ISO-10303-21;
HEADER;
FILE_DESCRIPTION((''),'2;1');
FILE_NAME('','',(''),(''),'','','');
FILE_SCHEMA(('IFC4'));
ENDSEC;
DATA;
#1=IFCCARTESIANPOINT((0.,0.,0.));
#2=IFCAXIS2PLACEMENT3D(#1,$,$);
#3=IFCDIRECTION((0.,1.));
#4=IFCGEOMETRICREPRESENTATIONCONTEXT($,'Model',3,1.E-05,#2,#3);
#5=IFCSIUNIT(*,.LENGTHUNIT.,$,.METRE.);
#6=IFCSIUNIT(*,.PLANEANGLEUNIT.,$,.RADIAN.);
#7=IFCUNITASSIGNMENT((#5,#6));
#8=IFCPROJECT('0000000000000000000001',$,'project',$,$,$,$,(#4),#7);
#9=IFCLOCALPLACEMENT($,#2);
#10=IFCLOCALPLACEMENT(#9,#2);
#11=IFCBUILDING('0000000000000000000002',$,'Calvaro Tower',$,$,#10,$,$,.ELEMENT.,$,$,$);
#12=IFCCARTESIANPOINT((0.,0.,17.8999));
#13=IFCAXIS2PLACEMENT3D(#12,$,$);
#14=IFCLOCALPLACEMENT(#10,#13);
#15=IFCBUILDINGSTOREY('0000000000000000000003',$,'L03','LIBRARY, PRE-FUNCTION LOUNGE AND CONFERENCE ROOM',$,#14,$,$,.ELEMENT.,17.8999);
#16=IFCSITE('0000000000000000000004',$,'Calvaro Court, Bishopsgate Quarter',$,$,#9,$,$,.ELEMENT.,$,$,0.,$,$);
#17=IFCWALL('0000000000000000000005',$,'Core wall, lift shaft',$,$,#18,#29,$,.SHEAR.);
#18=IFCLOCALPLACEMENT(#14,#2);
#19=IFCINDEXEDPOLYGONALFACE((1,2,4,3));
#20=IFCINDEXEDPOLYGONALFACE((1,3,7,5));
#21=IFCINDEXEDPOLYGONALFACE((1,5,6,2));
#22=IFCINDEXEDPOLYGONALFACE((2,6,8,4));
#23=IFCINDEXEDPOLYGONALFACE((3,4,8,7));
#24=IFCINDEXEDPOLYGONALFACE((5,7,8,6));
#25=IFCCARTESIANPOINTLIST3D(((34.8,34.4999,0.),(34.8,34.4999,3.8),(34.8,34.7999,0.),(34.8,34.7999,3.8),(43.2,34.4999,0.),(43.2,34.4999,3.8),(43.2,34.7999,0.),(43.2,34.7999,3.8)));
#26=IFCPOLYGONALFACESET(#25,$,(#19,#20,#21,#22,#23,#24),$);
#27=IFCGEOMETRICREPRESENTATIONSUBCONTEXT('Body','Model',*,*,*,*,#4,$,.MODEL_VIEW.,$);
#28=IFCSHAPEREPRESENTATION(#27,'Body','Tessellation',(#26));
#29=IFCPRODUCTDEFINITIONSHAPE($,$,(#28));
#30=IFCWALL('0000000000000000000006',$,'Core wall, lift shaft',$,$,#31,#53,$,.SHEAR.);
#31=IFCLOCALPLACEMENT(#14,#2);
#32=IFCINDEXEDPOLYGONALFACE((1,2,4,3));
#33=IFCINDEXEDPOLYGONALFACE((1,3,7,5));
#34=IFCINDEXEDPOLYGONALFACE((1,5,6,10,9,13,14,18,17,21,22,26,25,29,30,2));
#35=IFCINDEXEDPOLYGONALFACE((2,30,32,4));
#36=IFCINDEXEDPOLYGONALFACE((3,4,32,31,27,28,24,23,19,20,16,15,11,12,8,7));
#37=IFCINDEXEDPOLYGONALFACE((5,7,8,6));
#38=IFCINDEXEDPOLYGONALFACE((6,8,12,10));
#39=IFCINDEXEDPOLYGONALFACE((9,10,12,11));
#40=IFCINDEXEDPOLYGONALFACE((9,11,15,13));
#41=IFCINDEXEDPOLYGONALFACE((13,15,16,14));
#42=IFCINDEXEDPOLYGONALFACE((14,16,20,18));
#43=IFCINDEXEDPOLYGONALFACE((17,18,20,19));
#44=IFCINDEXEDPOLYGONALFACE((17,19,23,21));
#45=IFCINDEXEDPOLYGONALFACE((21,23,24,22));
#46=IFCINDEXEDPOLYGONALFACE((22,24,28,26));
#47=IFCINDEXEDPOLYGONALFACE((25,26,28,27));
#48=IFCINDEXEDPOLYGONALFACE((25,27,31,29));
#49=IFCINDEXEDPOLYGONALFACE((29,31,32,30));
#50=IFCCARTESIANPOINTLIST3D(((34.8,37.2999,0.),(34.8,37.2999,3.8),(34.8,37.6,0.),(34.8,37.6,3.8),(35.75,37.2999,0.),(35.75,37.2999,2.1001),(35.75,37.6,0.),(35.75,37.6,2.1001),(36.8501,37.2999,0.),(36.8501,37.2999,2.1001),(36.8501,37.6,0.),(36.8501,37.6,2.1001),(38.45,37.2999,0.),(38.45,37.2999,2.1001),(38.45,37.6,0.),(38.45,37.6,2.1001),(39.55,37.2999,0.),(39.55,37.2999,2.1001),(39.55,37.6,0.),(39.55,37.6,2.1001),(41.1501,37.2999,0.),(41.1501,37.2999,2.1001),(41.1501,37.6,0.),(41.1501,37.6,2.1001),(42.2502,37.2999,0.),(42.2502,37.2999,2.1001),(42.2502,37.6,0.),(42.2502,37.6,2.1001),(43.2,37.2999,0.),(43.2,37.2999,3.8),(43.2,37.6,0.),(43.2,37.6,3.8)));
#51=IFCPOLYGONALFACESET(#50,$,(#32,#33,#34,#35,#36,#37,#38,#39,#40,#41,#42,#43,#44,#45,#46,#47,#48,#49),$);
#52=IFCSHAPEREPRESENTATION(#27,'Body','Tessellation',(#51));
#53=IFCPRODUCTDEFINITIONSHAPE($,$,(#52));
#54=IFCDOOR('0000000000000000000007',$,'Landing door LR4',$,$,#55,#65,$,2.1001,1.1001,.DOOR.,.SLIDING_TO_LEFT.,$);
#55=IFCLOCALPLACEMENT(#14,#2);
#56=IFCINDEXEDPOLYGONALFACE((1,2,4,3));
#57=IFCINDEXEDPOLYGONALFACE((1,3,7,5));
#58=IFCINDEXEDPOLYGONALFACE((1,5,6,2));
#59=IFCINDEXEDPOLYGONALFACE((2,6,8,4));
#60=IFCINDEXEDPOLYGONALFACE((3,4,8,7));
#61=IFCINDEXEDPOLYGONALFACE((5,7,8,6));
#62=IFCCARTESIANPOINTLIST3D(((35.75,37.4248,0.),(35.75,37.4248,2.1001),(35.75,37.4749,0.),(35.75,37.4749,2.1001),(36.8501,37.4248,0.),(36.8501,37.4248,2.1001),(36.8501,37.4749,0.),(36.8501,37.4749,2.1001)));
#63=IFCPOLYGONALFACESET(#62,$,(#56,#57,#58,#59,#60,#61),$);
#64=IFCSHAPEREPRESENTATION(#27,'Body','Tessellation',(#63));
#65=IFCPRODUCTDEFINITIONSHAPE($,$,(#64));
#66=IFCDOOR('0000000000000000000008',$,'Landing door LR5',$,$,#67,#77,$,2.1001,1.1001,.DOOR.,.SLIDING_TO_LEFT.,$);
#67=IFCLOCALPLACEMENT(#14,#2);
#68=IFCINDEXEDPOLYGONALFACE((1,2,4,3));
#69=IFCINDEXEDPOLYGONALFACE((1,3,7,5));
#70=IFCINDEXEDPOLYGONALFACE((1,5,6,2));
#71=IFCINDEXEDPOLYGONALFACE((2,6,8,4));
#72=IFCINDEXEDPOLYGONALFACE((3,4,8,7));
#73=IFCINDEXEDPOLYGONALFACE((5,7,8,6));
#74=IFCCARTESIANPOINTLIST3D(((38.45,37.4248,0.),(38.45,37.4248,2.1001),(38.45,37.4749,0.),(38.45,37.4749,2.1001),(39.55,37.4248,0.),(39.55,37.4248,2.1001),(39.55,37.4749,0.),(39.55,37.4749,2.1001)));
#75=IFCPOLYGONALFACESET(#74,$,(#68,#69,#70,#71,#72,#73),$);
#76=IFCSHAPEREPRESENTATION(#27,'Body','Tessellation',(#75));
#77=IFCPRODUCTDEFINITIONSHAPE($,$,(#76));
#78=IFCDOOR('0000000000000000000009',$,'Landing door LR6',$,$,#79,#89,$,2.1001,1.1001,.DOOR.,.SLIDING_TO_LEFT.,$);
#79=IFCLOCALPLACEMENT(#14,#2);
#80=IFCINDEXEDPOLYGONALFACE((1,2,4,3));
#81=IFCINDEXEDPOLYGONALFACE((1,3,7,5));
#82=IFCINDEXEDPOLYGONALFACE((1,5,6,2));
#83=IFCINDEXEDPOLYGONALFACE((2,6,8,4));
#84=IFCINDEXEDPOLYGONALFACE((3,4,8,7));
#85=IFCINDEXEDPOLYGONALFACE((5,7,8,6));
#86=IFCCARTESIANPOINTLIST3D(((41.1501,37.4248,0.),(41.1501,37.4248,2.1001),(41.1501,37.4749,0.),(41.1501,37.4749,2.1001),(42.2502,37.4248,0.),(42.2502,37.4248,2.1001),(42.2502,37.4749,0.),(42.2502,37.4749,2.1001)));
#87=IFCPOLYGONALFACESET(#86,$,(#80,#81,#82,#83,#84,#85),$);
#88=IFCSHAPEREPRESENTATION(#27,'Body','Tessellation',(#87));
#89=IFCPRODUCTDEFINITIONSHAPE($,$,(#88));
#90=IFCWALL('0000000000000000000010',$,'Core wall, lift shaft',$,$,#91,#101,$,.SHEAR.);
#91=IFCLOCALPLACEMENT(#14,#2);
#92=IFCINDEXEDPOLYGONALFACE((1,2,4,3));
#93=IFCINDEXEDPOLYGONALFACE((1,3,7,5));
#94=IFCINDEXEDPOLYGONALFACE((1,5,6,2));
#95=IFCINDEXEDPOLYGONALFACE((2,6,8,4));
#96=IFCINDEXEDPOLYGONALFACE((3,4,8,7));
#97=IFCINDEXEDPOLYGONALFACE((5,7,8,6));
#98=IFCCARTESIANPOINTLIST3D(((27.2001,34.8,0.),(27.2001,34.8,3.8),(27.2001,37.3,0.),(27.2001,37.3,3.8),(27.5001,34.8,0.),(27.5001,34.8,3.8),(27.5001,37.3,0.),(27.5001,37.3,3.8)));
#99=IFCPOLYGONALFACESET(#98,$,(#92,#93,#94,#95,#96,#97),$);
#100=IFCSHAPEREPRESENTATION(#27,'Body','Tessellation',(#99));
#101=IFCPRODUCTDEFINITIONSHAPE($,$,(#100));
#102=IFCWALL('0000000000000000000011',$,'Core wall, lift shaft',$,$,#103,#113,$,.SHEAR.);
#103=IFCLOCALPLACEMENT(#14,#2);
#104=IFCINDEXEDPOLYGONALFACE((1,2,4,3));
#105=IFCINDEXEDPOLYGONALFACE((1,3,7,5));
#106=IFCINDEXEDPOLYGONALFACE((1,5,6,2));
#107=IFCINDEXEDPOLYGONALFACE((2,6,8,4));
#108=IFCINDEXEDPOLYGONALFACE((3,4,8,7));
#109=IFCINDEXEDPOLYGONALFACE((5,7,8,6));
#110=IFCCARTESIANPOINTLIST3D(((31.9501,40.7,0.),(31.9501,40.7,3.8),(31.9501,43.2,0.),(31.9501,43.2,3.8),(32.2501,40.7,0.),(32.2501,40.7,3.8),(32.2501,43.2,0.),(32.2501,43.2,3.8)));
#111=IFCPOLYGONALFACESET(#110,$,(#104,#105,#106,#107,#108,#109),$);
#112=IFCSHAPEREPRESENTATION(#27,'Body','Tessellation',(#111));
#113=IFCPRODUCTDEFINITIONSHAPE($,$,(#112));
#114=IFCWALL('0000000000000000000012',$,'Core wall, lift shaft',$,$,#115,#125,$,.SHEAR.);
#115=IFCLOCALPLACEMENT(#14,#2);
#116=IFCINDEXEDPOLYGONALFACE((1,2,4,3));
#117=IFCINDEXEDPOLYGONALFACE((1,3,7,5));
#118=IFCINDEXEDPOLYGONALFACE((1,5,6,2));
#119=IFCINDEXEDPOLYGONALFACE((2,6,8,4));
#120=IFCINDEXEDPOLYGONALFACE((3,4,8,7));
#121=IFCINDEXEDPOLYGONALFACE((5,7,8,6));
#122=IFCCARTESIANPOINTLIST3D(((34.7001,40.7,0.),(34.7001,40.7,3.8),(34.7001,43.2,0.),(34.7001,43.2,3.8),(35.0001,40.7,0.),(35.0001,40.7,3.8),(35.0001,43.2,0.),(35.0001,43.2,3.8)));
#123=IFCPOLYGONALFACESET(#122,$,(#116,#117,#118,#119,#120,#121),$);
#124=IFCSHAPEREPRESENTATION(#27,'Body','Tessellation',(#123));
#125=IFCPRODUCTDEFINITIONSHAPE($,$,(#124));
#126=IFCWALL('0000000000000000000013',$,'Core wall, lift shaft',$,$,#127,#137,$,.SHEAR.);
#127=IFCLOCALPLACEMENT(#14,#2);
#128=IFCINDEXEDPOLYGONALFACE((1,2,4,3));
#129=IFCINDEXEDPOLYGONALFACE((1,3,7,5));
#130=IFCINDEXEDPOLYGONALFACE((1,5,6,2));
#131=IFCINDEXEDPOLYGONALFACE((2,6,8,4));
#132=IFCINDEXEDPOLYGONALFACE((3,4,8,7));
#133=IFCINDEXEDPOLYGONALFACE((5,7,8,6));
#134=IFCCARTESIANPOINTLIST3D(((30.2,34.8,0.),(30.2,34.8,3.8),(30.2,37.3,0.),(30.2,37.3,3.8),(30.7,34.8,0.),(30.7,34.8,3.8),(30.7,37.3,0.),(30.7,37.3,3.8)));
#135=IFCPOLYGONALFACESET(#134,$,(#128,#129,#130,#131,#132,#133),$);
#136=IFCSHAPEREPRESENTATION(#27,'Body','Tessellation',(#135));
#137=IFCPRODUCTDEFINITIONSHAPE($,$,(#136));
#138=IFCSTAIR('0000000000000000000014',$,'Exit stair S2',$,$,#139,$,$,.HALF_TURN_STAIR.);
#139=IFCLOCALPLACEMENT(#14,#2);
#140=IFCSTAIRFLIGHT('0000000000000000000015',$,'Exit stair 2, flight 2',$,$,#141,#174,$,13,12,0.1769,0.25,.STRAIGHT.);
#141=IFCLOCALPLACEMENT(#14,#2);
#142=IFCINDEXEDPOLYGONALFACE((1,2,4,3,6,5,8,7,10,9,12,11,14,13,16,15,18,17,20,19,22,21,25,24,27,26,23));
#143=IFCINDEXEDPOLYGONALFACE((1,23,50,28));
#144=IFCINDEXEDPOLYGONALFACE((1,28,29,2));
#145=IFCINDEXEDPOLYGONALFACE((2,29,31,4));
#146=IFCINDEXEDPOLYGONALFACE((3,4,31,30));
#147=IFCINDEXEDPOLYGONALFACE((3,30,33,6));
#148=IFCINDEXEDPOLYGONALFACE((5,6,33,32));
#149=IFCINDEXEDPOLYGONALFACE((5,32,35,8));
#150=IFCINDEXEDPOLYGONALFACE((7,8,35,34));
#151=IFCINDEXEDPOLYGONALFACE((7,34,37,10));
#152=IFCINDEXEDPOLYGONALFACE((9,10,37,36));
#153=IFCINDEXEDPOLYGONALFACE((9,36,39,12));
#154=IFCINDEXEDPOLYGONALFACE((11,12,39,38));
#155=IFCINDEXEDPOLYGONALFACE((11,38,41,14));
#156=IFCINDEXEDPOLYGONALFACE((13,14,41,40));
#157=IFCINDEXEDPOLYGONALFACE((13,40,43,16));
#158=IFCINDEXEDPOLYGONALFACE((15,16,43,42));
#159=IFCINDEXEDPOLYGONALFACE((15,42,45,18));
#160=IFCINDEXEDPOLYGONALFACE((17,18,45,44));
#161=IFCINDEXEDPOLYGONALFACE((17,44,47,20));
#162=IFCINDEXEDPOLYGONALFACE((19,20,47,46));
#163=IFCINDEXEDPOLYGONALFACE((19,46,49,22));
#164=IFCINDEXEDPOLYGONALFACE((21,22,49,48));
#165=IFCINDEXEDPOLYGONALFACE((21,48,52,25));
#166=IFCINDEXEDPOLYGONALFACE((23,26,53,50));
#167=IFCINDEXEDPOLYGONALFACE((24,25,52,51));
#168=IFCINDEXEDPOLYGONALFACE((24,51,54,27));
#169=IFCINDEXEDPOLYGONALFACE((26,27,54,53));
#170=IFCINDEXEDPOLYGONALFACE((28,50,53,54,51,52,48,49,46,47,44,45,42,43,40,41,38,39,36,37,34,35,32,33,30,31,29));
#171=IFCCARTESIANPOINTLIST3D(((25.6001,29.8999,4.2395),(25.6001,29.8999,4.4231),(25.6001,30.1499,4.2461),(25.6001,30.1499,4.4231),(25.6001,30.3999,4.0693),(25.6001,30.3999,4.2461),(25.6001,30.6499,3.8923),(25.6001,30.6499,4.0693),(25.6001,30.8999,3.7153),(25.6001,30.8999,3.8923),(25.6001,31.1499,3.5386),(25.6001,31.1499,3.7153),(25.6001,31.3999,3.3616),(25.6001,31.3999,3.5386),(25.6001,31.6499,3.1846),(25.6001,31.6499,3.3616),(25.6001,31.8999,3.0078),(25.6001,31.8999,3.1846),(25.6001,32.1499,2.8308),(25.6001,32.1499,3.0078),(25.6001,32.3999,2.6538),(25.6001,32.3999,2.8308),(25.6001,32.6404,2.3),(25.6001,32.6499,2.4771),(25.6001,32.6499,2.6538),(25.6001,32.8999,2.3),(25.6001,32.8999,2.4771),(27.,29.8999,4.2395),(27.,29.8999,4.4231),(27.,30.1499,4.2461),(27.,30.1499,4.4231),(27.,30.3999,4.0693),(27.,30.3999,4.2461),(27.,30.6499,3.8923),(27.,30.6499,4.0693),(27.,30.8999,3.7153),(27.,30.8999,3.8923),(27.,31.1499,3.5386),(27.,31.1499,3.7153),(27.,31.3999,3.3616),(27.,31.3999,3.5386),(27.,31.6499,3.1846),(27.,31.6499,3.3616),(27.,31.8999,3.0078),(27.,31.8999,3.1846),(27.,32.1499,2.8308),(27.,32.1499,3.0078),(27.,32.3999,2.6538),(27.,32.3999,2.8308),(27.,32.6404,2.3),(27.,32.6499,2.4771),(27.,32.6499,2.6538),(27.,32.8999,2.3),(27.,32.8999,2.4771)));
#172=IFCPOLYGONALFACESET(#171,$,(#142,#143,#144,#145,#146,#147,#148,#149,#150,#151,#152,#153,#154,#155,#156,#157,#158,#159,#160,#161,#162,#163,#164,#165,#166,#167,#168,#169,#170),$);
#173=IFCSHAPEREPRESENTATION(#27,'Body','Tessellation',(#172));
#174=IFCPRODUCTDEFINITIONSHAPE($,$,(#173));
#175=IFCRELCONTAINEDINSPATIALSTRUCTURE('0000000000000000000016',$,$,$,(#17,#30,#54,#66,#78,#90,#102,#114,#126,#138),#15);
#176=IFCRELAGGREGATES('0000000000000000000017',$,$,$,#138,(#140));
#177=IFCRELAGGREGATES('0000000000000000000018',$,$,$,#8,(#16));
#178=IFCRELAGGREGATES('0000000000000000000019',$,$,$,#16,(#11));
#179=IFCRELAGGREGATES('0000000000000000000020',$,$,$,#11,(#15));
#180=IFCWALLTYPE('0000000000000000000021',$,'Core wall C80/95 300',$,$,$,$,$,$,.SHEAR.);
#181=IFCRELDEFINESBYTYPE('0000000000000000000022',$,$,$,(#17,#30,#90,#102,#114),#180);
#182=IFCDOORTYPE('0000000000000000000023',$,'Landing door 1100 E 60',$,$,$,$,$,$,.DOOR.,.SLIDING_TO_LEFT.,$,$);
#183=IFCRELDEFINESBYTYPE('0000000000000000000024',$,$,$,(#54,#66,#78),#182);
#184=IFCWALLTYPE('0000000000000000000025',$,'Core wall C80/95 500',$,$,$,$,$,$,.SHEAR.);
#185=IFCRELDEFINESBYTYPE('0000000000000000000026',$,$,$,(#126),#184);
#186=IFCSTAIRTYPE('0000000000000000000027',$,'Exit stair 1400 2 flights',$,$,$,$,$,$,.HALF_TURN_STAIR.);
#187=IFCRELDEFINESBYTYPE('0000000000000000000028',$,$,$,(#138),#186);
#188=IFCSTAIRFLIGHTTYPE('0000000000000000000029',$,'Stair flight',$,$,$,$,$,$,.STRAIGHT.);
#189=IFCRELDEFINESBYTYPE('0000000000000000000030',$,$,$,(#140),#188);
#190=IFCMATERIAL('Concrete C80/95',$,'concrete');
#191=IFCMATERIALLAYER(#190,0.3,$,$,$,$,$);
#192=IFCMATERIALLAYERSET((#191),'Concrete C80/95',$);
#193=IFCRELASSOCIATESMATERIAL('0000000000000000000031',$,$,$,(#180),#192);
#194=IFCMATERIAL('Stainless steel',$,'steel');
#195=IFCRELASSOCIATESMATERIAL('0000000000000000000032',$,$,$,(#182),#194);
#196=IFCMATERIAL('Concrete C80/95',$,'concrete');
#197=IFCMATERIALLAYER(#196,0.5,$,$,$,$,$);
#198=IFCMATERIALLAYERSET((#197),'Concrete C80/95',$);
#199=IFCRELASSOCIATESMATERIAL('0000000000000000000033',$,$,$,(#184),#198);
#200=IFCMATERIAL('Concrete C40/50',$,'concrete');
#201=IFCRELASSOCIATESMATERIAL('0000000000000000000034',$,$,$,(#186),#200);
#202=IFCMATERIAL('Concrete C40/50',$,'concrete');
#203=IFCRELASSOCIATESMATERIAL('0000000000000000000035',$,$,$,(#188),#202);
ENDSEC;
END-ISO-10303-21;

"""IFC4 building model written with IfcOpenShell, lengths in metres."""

from ifc_helpers import new_model, si_unit, direction, frame, frame_2d, origin, place, context, subcontext, project, spatial, polyline, rectangle, outline, extrude, material, layer, layer_set, type_object, element, fill, aggregate, save


model = new_model("IFC4")

# Units and contexts
model_context = context("Model", 3, precision=1e-05, world=origin(), true_north=direction((0.0, 1.0)))
body_context = subcontext(model_context, "Body", "Model", "MODEL_VIEW")
ifc_project = project(units=[si_unit("LENGTHUNIT", "METRE"), si_unit("PLANEANGLEUNIT", "RADIAN")], contexts=[model_context])

# Site, building, storey
site_placement = place(None, origin())
site = spatial("IfcSite", under=ifc_project, at=site_placement, Name="Calvaro Court, Bishopsgate Quarter", CompositionType="ELEMENT", RefElevation=0.0)
building_placement = place(site_placement, origin())
building = spatial("IfcBuilding", under=site, at=building_placement, Name="Calvaro Tower", CompositionType="ELEMENT")
storey_placement = place(building_placement, frame((0.0, 0.0, 17.8999)))
storey = spatial("IfcBuildingStorey", under=building, at=storey_placement, Name="L03", Description="LIBRARY, PRE-FUNCTION LOUNGE AND CONFERENCE ROOM", CompositionType="ELEMENT", Elevation=17.8999)

# Wall
ifc_material_1 = material(Name="Concrete C80/95", Category="concrete")
ifc_layer_1 = layer(ifc_material_1, 0.3)
ifc_layer_set_1 = layer_set([ifc_layer_1], Name="Concrete C80/95")
wall_type_1 = type_object("IfcWallType", Name="Core wall C80/95 300", PredefinedType="SHEAR", material=ifc_layer_set_1)
wall_1_placement = place(storey_placement, frame((34.8, 34.6499, 0.0), z_axis=(0.0, 0.0, 1.0), x_axis=(1.0, 0.0, 0.0)))
element("IfcWall", 1, at=wall_1_placement, inside=storey, type_object=wall_type_1, Name="Core wall, lift shaft", PredefinedType="SHEAR", context=body_context, shape_type="SweptSolid", body=[
    extrude(rectangle(XDim=8.3999, YDim=0.3, at=frame_2d((4.2, 0.0))), origin(), (0.0, 0.0, 1.0), 3.8),
])

# Wall, openings, doors
wall_2_placement = place(storey_placement, frame((34.8, 37.45, 0.0), z_axis=(0.0, 0.0, 1.0), x_axis=(1.0, 0.0, 0.0)))
wall_2 = element("IfcWall", 2, at=wall_2_placement, inside=storey, type_object=wall_type_1, Name="Core wall, lift shaft", PredefinedType="SHEAR", context=body_context, shape_type="SweptSolid", body=[
    extrude(rectangle(XDim=8.3999, YDim=0.3, at=frame_2d((4.2, 0.0))), origin(), (0.0, 0.0, 1.0), 3.8),
])
opening_1_placement = place(wall_2_placement, frame((0.95, 0.0, 0.0)))
opening_1 = element("IfcOpeningElement", 3, at=opening_1_placement, cuts=wall_2, PredefinedType="OPENING", context=body_context, shape_type="SweptSolid", body=[
    extrude(rectangle(XDim=1.1001, YDim=2.1001, at=frame_2d((0.55, 1.05))), frame((0.0, 0.1599, 0.0), z_axis=(0.0, -1.0, 0.0), x_axis=(1.0, 0.0, 0.0)), (0.0, 0.0, 1.0), 0.3201),
])
opening_2_placement = place(wall_2_placement, frame((3.6499, 0.0, 0.0)))
opening_2 = element("IfcOpeningElement", 4, at=opening_2_placement, cuts=wall_2, PredefinedType="OPENING", context=body_context, shape_type="SweptSolid", body=[
    extrude(rectangle(XDim=1.1001, YDim=2.1001, at=frame_2d((0.55, 1.05))), frame((0.0, 0.1599, 0.0), z_axis=(0.0, -1.0, 0.0), x_axis=(1.0, 0.0, 0.0)), (0.0, 0.0, 1.0), 0.3201),
])
opening_3_placement = place(wall_2_placement, frame((6.3501, 0.0, 0.0)))
opening_3 = element("IfcOpeningElement", 5, at=opening_3_placement, cuts=wall_2, PredefinedType="OPENING", context=body_context, shape_type="SweptSolid", body=[
    extrude(rectangle(XDim=1.1001, YDim=2.1001, at=frame_2d((0.55, 1.05))), frame((0.0, 0.1599, 0.0), z_axis=(0.0, -1.0, 0.0), x_axis=(1.0, 0.0, 0.0)), (0.0, 0.0, 1.0), 0.3201),
])
ifc_material_2 = material(Name="Stainless steel", Category="steel")
door_type = type_object("IfcDoorType", Name="Landing door 1100 E 60", OperationType="SLIDING_TO_LEFT", PredefinedType="DOOR", material=ifc_material_2)
door_1_placement = place(opening_1_placement, origin())
door_1 = element("IfcDoor", 6, at=door_1_placement, inside=storey, type_object=door_type, Name="Landing door LR4", OperationType="SLIDING_TO_LEFT", OverallHeight=2.1001, OverallWidth=1.1001, PredefinedType="DOOR", context=body_context, shape_type="SweptSolid", body=[
    extrude(rectangle(XDim=1.1001, YDim=2.1001, at=frame_2d((0.55, 1.05))), frame((0.0, 0.0249, 0.0), z_axis=(0.0, -1.0, 0.0), x_axis=(1.0, 0.0, 0.0)), (0.0, 0.0, 1.0), 0.05),
])
fill(opening_1, door_1)
door_2_placement = place(opening_2_placement, origin())
door_2 = element("IfcDoor", 7, at=door_2_placement, inside=storey, type_object=door_type, Name="Landing door LR5", OperationType="SLIDING_TO_LEFT", OverallHeight=2.1001, OverallWidth=1.1001, PredefinedType="DOOR", context=body_context, shape_type="SweptSolid", body=[
    extrude(rectangle(XDim=1.1001, YDim=2.1001, at=frame_2d((0.55, 1.05))), frame((0.0, 0.0249, 0.0), z_axis=(0.0, -1.0, 0.0), x_axis=(1.0, 0.0, 0.0)), (0.0, 0.0, 1.0), 0.05),
])
fill(opening_2, door_2)
door_3_placement = place(opening_3_placement, origin())
door_3 = element("IfcDoor", 8, at=door_3_placement, inside=storey, type_object=door_type, Name="Landing door LR6", OperationType="SLIDING_TO_LEFT", OverallHeight=2.1001, OverallWidth=1.1001, PredefinedType="DOOR", context=body_context, shape_type="SweptSolid", body=[
    extrude(rectangle(XDim=1.1001, YDim=2.1001, at=frame_2d((0.55, 1.05))), frame((0.0, 0.0249, 0.0), z_axis=(0.0, -1.0, 0.0), x_axis=(1.0, 0.0, 0.0)), (0.0, 0.0, 1.0), 0.05),
])
fill(opening_3, door_3)

# Walls
for number, where, z_axis, x_axis, name in (
    (9, (27.3501, 34.8, 0.0), (0.0, 0.0, 1.0), (0.0, 1.0, 0.0), "Core wall, lift shaft"),
    (10, (32.1001, 40.7, 0.0), (0.0, 0.0, 1.0), (0.0, 1.0, 0.0), "Core wall, lift shaft"),
    (11, (34.8501, 40.7, 0.0), (0.0, 0.0, 1.0), (0.0, 1.0, 0.0), "Core wall, lift shaft"),
):
    element("IfcWall", number, at=place(storey_placement, frame(where, z_axis=z_axis, x_axis=x_axis)), inside=storey, type_object=wall_type_1, Name=name, PredefinedType="SHEAR", context=body_context, shape_type="SweptSolid", body=[
        extrude(rectangle(XDim=2.5, YDim=0.3, at=frame_2d((1.25, 0.0))), origin(), (0.0, 0.0, 1.0), 3.8),
    ])
ifc_material_3 = material(Name="Concrete C80/95", Category="concrete")
ifc_layer_2 = layer(ifc_material_3, 0.5)
ifc_layer_set_2 = layer_set([ifc_layer_2], Name="Concrete C80/95")
wall_type_2 = type_object("IfcWallType", Name="Core wall C80/95 500", PredefinedType="SHEAR", material=ifc_layer_set_2)
wall_3_placement = place(storey_placement, frame((30.45, 34.8, 0.0), z_axis=(0.0, 0.0, 1.0), x_axis=(0.0, 1.0, 0.0)))
element("IfcWall", 12, at=wall_3_placement, inside=storey, type_object=wall_type_2, Name="Core wall, lift shaft", PredefinedType="SHEAR", context=body_context, shape_type="SweptSolid", body=[
    extrude(rectangle(XDim=2.5, YDim=0.5, at=frame_2d((1.25, 0.0))), origin(), (0.0, 0.0, 1.0), 3.8),
])

# Stair, stair flight
ifc_material_4 = material(Name="Concrete C40/50", Category="concrete")
stair_type = type_object("IfcStairType", Name="Exit stair 1400 2 flights", PredefinedType="HALF_TURN_STAIR", material=ifc_material_4)
stair_placement = place(storey_placement, origin())
stair = element("IfcStair", 13, at=stair_placement, inside=storey, type_object=stair_type, Name="Exit stair S2", PredefinedType="HALF_TURN_STAIR")
ifc_material_5 = material(Name="Concrete C40/50", Category="concrete")
stair_flight_type = type_object("IfcStairFlightType", Name="Stair flight", PredefinedType="STRAIGHT", material=ifc_material_5)
stair_flight_placement = place(storey_placement, frame((26.3, 32.8999, 2.3), z_axis=(0.0, 0.0, 1.0), x_axis=(0.0, -1.0, 0.0)))
stair_flight = element("IfcStairFlight", 14, at=stair_flight_placement, type_object=stair_flight_type, Name="Exit stair 2, flight 2", NumberOfRisers=13, NumberOfTreads=12, PredefinedType="STRAIGHT", RiserHeight=0.1769, TreadLength=0.25, context=body_context, shape_type="SweptSolid", body=[
    extrude(outline(polyline([(0.0, 0.0), (0.0, 0.177), (0.25, 0.177), (0.25, 0.3538), (0.5, 0.3538), (0.5, 0.5308), (0.75, 0.5308), (0.75, 0.7078), (1.0, 0.7078), (1.0, 0.8845), (1.25, 0.8845), (1.25, 1.0615), (1.5, 1.0615), (1.5, 1.2385), (1.75, 1.2385), (1.75, 1.4153), (2.0, 1.4153), (2.0, 1.5923), (2.25, 1.5923), (2.25, 1.7693), (2.5, 1.7693), (2.5, 1.946), (2.75, 1.946), (2.75, 2.123), (3.0, 2.123), (3.0, 2.3), (3.0, 1.9395), (0.2595, 0.0), (0.0, 0.0)])), frame((0.0, 0.7, 0.0), z_axis=(0.0, -1.0, 0.0), x_axis=(1.0, 0.0, 0.0)), (0.0, 0.0, 1.0), 1.3999),
])
aggregate(stair, [stair_flight])

save(model, "model.ifc")
